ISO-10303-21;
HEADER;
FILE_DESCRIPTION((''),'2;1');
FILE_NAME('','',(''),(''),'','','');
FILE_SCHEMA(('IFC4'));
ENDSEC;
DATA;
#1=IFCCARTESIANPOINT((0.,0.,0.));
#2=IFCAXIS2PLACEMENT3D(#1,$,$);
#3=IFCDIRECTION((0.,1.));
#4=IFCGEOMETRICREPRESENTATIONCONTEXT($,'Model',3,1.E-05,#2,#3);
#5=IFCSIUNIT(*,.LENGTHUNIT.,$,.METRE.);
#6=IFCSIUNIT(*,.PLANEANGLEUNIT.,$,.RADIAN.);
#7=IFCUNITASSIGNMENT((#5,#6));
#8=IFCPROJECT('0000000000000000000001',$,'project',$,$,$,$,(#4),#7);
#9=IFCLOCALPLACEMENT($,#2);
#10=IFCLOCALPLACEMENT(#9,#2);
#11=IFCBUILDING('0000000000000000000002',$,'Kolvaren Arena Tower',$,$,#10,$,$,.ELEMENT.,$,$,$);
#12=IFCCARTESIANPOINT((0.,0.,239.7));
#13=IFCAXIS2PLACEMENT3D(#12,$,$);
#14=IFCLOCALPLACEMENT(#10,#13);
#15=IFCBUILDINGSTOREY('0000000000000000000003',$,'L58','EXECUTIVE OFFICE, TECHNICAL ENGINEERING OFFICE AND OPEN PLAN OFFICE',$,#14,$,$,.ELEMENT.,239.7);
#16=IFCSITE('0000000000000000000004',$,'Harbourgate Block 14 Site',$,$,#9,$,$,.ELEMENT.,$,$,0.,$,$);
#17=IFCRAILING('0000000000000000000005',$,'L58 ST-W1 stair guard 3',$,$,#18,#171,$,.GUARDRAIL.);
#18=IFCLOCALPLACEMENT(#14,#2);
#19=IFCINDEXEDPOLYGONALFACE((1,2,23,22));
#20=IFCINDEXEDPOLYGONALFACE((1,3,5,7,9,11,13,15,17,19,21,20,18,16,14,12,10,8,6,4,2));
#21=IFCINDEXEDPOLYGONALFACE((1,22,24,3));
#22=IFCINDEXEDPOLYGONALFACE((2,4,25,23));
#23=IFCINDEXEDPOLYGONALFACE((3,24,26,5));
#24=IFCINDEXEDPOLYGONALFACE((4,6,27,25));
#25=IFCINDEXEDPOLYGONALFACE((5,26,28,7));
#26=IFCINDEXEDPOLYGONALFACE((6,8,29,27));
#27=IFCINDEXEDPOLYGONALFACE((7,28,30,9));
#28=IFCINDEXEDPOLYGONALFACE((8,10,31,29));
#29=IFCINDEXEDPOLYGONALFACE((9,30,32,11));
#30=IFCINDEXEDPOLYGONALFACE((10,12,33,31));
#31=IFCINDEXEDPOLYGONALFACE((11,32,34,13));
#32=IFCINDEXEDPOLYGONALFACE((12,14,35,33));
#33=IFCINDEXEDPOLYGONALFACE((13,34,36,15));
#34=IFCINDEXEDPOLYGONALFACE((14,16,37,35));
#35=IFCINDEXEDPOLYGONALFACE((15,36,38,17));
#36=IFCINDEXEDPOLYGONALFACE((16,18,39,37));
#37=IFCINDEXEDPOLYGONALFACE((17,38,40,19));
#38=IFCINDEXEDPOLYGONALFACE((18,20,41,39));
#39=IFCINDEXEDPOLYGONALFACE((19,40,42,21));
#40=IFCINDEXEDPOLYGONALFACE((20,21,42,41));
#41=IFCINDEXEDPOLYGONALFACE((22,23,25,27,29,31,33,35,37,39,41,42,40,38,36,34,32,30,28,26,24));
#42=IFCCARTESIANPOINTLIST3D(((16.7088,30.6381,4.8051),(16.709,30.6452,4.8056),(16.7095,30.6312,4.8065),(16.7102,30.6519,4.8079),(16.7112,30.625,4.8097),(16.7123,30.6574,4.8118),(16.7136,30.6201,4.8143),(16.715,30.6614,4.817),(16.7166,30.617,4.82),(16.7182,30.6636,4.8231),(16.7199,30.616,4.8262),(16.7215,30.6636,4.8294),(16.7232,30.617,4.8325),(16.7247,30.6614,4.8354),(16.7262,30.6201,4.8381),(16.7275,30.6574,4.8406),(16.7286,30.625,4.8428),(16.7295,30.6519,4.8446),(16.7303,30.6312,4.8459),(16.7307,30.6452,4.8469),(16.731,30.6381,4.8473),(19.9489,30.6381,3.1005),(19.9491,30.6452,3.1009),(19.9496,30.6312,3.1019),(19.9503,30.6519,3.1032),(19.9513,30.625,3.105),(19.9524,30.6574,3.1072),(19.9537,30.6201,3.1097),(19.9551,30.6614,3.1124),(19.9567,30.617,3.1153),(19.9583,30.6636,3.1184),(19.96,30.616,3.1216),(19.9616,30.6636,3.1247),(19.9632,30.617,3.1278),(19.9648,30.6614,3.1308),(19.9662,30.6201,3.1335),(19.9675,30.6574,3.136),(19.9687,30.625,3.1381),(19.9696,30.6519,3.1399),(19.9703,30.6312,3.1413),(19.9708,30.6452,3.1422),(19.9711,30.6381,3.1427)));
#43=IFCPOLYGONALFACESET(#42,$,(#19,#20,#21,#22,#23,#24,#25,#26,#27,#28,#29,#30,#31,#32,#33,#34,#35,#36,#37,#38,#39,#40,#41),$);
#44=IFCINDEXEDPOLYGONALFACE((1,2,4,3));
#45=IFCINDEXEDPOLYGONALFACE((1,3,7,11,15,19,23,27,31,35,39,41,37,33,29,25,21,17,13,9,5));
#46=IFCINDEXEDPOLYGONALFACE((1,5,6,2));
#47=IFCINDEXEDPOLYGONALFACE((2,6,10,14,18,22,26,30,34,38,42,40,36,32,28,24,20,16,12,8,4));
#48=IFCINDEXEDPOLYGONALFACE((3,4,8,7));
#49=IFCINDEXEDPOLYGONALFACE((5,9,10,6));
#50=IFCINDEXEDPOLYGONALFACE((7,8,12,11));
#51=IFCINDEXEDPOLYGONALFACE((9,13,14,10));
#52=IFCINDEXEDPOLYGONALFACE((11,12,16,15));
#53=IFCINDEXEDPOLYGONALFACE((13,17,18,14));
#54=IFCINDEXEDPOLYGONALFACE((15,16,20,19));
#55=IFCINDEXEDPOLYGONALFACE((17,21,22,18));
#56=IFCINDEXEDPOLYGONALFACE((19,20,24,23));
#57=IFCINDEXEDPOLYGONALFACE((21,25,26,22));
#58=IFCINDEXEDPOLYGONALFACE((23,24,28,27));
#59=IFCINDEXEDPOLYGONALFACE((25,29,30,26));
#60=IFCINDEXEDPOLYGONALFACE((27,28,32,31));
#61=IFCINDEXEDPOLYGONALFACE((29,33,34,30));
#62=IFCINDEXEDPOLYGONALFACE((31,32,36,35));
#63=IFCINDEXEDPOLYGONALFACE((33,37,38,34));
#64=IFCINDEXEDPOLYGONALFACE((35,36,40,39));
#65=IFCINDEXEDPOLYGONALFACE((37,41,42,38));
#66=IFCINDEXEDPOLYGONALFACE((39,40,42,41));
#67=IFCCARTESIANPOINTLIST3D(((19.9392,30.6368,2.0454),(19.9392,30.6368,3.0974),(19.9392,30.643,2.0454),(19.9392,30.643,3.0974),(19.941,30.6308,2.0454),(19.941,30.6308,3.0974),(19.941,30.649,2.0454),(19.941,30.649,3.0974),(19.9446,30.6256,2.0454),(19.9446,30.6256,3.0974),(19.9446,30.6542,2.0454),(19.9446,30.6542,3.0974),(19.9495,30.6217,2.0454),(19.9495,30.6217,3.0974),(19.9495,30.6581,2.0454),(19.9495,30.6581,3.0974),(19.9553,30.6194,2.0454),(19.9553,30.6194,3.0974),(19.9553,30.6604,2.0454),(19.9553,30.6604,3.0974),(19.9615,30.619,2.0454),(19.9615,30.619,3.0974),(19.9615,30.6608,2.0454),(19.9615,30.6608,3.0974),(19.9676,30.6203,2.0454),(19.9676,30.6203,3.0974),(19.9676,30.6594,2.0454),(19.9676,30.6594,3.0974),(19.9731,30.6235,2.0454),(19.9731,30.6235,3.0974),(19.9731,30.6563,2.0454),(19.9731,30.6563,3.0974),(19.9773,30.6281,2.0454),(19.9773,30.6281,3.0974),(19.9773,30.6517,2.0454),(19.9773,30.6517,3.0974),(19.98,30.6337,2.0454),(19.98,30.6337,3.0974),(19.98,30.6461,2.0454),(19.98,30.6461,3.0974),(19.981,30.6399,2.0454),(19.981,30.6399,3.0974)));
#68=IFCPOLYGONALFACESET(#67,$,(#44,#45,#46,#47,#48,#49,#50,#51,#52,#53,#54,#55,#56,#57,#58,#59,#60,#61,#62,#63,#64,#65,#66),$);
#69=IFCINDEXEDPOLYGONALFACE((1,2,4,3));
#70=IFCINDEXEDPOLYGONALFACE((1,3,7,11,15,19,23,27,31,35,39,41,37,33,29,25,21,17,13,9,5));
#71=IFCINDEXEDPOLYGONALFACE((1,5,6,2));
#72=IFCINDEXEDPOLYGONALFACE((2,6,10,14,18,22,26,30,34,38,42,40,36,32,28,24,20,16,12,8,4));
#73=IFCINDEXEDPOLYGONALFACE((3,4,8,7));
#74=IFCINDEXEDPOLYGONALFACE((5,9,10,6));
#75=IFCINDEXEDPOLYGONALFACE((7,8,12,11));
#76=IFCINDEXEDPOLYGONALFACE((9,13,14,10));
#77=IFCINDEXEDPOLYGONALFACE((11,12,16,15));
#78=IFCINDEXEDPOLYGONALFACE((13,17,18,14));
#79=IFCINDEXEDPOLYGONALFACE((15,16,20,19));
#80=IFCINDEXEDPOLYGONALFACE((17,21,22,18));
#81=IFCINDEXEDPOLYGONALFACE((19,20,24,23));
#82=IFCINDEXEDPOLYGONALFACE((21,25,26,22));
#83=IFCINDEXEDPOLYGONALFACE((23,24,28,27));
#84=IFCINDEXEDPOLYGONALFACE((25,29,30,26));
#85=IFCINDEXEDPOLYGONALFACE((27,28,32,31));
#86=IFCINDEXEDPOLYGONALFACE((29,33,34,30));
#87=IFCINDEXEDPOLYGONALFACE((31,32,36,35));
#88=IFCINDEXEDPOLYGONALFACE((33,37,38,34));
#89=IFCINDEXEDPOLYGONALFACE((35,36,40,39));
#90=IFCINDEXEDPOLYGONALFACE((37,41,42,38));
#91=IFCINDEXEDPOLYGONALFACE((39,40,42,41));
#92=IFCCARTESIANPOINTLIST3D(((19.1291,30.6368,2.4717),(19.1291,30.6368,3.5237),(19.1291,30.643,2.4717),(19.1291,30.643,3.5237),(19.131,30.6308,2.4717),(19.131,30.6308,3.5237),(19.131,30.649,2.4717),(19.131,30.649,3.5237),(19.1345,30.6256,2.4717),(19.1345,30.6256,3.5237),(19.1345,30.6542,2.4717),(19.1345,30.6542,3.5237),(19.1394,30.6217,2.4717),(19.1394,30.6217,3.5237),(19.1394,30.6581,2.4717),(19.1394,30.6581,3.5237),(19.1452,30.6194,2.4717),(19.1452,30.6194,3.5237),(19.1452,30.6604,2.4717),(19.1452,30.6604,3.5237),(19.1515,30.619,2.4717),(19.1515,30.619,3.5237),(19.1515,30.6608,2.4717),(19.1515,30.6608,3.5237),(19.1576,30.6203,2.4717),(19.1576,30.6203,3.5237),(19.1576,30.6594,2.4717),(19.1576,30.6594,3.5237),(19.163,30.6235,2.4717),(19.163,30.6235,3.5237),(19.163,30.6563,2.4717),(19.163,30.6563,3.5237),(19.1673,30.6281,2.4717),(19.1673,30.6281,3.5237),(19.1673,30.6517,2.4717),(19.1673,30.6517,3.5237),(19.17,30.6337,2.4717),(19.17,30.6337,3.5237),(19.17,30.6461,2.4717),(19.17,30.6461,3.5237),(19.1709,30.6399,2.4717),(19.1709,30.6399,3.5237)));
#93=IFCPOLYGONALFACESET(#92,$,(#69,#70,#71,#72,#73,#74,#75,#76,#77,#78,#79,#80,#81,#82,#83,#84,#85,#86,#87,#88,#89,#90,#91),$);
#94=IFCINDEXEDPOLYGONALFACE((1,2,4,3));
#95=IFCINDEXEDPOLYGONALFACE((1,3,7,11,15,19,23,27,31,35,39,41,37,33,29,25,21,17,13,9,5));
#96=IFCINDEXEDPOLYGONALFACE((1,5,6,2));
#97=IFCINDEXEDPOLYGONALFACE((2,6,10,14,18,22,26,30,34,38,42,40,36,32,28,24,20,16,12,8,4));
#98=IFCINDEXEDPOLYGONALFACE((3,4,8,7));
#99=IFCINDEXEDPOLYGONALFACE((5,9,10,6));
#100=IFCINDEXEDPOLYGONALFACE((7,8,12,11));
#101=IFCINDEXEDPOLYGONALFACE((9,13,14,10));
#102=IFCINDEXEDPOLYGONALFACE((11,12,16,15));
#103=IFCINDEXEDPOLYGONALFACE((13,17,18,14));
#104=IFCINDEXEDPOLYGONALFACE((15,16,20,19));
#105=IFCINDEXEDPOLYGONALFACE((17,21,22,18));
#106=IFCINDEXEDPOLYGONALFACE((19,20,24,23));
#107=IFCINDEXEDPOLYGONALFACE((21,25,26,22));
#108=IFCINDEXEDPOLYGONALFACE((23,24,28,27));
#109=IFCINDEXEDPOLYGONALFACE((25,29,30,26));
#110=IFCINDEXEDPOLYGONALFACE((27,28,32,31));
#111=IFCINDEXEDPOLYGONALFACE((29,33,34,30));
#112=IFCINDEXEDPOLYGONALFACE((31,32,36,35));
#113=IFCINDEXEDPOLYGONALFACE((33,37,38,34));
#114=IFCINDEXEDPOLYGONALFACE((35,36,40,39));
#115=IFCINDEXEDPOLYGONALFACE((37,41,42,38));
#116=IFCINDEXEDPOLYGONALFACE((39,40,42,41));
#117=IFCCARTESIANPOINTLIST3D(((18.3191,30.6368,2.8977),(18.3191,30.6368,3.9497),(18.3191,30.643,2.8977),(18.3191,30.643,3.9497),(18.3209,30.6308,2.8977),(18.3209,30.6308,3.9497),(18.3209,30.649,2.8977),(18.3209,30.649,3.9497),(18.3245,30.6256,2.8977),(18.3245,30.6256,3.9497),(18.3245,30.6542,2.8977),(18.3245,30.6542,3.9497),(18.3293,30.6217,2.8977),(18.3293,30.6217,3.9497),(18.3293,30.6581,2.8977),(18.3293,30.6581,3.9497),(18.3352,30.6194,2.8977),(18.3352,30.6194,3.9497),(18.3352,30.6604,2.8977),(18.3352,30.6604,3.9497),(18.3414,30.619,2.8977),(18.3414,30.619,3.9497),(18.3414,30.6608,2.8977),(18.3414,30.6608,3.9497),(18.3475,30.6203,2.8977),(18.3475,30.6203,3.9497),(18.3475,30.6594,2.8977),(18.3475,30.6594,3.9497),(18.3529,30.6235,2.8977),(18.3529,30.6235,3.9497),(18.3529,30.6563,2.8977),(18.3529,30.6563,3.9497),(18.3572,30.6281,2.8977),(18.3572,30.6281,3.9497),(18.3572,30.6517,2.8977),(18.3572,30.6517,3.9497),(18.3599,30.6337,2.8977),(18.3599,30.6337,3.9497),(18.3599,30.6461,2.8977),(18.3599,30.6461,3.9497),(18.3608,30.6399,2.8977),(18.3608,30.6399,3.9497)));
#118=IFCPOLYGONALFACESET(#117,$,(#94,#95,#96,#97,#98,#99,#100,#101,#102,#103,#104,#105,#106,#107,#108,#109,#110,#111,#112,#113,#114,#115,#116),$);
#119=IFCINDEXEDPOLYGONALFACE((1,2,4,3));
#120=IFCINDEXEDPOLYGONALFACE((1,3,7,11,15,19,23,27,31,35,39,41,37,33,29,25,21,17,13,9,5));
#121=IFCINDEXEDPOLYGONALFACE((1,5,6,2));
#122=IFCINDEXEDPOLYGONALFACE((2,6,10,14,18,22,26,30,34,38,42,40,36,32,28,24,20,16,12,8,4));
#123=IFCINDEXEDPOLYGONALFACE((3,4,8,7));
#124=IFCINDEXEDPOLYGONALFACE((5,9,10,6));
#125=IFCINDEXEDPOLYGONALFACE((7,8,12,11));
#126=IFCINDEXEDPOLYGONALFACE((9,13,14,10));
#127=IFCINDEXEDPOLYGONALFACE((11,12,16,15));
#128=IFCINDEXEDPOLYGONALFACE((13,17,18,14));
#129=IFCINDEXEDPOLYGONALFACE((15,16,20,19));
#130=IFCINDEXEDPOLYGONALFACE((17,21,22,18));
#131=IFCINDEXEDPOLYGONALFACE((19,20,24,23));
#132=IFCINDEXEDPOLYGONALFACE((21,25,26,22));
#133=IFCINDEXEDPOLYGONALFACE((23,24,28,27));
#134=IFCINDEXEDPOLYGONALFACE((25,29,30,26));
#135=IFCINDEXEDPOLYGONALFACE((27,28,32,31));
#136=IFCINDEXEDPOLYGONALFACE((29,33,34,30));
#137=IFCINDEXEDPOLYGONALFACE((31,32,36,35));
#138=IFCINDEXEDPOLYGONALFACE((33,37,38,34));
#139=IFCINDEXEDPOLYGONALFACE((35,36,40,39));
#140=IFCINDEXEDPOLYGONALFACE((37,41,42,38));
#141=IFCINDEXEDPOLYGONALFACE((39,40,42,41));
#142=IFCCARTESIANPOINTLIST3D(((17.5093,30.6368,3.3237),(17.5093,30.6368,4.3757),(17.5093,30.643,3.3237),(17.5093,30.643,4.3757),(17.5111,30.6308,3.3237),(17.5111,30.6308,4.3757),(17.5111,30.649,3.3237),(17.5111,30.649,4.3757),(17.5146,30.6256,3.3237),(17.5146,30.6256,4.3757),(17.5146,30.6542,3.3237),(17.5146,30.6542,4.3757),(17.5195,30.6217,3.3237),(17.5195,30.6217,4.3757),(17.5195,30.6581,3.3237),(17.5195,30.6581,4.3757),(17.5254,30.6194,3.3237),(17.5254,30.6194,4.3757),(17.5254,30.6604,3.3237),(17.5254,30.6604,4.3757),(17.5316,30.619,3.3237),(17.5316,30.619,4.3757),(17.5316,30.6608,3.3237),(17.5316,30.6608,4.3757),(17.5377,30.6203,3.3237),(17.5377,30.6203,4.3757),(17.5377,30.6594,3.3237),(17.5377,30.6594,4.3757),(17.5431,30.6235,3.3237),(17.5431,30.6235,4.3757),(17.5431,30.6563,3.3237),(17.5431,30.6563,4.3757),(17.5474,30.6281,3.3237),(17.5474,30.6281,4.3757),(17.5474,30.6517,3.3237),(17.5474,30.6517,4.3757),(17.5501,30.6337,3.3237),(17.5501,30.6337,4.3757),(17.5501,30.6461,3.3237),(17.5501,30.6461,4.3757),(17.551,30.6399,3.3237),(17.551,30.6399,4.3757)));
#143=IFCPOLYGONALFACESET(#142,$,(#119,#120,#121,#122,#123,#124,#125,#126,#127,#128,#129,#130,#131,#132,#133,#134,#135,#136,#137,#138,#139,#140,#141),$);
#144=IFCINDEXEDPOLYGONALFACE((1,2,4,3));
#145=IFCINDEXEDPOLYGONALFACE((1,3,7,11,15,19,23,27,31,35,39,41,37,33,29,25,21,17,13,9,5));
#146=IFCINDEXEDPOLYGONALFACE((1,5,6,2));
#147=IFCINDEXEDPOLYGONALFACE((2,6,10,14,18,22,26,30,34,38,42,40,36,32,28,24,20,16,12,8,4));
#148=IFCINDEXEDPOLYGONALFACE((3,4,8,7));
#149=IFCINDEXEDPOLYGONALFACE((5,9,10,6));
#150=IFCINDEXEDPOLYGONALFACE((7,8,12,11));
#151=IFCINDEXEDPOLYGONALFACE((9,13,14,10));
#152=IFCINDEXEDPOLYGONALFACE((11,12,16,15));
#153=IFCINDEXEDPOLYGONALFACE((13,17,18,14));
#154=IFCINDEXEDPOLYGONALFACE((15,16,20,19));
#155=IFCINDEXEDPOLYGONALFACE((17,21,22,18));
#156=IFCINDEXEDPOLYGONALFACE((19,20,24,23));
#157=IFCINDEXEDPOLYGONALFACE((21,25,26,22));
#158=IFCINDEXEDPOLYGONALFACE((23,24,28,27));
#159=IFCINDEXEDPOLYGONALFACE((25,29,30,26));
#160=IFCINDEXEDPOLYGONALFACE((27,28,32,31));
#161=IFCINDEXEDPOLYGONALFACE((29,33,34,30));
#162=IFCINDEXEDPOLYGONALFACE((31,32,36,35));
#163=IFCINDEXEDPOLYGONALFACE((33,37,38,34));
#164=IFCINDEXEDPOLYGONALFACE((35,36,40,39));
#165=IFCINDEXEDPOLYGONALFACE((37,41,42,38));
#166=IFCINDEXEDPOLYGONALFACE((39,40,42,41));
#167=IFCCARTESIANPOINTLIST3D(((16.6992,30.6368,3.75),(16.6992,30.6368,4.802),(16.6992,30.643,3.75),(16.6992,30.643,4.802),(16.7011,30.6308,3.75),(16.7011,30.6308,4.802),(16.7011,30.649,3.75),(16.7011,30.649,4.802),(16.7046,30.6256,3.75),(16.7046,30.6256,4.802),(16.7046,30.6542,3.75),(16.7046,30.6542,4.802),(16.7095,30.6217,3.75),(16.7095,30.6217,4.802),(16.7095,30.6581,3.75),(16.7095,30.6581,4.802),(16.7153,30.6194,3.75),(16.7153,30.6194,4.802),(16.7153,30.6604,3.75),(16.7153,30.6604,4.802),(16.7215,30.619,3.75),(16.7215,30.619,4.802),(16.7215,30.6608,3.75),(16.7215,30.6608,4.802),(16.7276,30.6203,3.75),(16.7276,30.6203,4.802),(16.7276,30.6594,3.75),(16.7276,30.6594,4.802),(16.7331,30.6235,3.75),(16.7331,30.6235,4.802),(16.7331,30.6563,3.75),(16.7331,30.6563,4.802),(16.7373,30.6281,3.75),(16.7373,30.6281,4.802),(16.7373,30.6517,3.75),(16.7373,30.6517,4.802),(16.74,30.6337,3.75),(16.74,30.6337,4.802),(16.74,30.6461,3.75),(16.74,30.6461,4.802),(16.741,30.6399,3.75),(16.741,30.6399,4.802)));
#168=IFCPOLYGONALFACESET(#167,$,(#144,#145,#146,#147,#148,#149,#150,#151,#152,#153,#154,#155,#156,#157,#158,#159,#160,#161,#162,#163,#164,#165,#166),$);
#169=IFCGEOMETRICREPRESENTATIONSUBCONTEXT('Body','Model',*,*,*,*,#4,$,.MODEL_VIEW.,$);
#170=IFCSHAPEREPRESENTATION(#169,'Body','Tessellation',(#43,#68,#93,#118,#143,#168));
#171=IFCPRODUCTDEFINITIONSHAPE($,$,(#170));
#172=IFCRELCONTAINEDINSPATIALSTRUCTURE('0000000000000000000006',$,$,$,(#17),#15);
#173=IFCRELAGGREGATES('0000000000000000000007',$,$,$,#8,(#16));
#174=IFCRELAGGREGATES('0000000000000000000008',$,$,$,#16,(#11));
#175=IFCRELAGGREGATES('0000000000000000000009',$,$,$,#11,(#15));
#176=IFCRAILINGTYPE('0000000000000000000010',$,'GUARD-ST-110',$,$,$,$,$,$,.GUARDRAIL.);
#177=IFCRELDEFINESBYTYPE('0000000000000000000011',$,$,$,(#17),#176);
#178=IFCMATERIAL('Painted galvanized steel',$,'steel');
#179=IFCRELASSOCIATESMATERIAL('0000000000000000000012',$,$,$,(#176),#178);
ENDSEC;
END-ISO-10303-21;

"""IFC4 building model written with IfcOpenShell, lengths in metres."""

from ifc_helpers import new_model, si_unit, direction, frame, origin, origin_2d, place, context, subcontext, project, spatial, circle, extrude, material, type_object, element, save


model = new_model("IFC4")

# Units and contexts
model_context = context("Model", 3, precision=1e-05, world=origin(), true_north=direction((0.0, 1.0)))
body_context = subcontext(model_context, "Body", "Model", "MODEL_VIEW")
ifc_project = project(units=[si_unit("LENGTHUNIT", "METRE"), si_unit("PLANEANGLEUNIT", "RADIAN")], contexts=[model_context])

# Site, building, storey
site_placement = place(None, origin())
site = spatial("IfcSite", under=ifc_project, at=site_placement, Name="Harbourgate Block 14 Site", CompositionType="ELEMENT", RefElevation=0.0)
building_placement = place(site_placement, origin())
building = spatial("IfcBuilding", under=site, at=building_placement, Name="Kolvaren Arena Tower", CompositionType="ELEMENT")
storey_placement = place(building_placement, frame((0.0, 0.0, 239.7)))
storey = spatial("IfcBuildingStorey", under=building, at=storey_placement, Name="L58", Description="EXECUTIVE OFFICE, TECHNICAL ENGINEERING OFFICE AND OPEN PLAN OFFICE", CompositionType="ELEMENT", Elevation=239.7)

# Railing
ifc_material_1 = material(Name="Painted galvanized steel", Category="steel")
railing_type_1 = type_object("IfcRailingType", Name="GUARD-ST-110", PredefinedType="GUARDRAIL", material=ifc_material_1)
railing_1_placement = place(storey_placement, frame((19.96, 30.6399, 2.0454)))
element("IfcRailing", 1, at=railing_1_placement, inside=storey, type_object=railing_type_1, Name="L58 ST-W1 stair guard 3", PredefinedType="GUARDRAIL", context=body_context, shape_type="SweptSolid", body=[
    extrude(circle(Radius=0.0239, at=origin_2d()), frame((0.0, 0.0, 1.0762), z_axis=(-0.884993, 0.0, 0.465604), x_axis=(0.0, -1.0, 0.0)), (0.0, 0.0, 1.0), 3.6611),
    extrude(circle(Radius=0.021, at=origin_2d()), origin(), (0.0, 0.0, 1.0), 1.052),
    extrude(circle(Radius=0.021, at=origin_2d()), frame((-0.8101, 0.0, 0.4263)), (0.0, 0.0, 1.0), 1.052),
    extrude(circle(Radius=0.021, at=origin_2d()), frame((-1.6201, 0.0, 0.8523)), (0.0, 0.0, 1.0), 1.052),
    extrude(circle(Radius=0.021, at=origin_2d()), frame((-2.4299, 0.0, 1.2783)), (0.0, 0.0, 1.0), 1.052),
    extrude(circle(Radius=0.021, at=origin_2d()), frame((-3.24, 0.0, 1.7046)), (0.0, 0.0, 1.0), 1.052),
])

save(model, "model.ifc")
